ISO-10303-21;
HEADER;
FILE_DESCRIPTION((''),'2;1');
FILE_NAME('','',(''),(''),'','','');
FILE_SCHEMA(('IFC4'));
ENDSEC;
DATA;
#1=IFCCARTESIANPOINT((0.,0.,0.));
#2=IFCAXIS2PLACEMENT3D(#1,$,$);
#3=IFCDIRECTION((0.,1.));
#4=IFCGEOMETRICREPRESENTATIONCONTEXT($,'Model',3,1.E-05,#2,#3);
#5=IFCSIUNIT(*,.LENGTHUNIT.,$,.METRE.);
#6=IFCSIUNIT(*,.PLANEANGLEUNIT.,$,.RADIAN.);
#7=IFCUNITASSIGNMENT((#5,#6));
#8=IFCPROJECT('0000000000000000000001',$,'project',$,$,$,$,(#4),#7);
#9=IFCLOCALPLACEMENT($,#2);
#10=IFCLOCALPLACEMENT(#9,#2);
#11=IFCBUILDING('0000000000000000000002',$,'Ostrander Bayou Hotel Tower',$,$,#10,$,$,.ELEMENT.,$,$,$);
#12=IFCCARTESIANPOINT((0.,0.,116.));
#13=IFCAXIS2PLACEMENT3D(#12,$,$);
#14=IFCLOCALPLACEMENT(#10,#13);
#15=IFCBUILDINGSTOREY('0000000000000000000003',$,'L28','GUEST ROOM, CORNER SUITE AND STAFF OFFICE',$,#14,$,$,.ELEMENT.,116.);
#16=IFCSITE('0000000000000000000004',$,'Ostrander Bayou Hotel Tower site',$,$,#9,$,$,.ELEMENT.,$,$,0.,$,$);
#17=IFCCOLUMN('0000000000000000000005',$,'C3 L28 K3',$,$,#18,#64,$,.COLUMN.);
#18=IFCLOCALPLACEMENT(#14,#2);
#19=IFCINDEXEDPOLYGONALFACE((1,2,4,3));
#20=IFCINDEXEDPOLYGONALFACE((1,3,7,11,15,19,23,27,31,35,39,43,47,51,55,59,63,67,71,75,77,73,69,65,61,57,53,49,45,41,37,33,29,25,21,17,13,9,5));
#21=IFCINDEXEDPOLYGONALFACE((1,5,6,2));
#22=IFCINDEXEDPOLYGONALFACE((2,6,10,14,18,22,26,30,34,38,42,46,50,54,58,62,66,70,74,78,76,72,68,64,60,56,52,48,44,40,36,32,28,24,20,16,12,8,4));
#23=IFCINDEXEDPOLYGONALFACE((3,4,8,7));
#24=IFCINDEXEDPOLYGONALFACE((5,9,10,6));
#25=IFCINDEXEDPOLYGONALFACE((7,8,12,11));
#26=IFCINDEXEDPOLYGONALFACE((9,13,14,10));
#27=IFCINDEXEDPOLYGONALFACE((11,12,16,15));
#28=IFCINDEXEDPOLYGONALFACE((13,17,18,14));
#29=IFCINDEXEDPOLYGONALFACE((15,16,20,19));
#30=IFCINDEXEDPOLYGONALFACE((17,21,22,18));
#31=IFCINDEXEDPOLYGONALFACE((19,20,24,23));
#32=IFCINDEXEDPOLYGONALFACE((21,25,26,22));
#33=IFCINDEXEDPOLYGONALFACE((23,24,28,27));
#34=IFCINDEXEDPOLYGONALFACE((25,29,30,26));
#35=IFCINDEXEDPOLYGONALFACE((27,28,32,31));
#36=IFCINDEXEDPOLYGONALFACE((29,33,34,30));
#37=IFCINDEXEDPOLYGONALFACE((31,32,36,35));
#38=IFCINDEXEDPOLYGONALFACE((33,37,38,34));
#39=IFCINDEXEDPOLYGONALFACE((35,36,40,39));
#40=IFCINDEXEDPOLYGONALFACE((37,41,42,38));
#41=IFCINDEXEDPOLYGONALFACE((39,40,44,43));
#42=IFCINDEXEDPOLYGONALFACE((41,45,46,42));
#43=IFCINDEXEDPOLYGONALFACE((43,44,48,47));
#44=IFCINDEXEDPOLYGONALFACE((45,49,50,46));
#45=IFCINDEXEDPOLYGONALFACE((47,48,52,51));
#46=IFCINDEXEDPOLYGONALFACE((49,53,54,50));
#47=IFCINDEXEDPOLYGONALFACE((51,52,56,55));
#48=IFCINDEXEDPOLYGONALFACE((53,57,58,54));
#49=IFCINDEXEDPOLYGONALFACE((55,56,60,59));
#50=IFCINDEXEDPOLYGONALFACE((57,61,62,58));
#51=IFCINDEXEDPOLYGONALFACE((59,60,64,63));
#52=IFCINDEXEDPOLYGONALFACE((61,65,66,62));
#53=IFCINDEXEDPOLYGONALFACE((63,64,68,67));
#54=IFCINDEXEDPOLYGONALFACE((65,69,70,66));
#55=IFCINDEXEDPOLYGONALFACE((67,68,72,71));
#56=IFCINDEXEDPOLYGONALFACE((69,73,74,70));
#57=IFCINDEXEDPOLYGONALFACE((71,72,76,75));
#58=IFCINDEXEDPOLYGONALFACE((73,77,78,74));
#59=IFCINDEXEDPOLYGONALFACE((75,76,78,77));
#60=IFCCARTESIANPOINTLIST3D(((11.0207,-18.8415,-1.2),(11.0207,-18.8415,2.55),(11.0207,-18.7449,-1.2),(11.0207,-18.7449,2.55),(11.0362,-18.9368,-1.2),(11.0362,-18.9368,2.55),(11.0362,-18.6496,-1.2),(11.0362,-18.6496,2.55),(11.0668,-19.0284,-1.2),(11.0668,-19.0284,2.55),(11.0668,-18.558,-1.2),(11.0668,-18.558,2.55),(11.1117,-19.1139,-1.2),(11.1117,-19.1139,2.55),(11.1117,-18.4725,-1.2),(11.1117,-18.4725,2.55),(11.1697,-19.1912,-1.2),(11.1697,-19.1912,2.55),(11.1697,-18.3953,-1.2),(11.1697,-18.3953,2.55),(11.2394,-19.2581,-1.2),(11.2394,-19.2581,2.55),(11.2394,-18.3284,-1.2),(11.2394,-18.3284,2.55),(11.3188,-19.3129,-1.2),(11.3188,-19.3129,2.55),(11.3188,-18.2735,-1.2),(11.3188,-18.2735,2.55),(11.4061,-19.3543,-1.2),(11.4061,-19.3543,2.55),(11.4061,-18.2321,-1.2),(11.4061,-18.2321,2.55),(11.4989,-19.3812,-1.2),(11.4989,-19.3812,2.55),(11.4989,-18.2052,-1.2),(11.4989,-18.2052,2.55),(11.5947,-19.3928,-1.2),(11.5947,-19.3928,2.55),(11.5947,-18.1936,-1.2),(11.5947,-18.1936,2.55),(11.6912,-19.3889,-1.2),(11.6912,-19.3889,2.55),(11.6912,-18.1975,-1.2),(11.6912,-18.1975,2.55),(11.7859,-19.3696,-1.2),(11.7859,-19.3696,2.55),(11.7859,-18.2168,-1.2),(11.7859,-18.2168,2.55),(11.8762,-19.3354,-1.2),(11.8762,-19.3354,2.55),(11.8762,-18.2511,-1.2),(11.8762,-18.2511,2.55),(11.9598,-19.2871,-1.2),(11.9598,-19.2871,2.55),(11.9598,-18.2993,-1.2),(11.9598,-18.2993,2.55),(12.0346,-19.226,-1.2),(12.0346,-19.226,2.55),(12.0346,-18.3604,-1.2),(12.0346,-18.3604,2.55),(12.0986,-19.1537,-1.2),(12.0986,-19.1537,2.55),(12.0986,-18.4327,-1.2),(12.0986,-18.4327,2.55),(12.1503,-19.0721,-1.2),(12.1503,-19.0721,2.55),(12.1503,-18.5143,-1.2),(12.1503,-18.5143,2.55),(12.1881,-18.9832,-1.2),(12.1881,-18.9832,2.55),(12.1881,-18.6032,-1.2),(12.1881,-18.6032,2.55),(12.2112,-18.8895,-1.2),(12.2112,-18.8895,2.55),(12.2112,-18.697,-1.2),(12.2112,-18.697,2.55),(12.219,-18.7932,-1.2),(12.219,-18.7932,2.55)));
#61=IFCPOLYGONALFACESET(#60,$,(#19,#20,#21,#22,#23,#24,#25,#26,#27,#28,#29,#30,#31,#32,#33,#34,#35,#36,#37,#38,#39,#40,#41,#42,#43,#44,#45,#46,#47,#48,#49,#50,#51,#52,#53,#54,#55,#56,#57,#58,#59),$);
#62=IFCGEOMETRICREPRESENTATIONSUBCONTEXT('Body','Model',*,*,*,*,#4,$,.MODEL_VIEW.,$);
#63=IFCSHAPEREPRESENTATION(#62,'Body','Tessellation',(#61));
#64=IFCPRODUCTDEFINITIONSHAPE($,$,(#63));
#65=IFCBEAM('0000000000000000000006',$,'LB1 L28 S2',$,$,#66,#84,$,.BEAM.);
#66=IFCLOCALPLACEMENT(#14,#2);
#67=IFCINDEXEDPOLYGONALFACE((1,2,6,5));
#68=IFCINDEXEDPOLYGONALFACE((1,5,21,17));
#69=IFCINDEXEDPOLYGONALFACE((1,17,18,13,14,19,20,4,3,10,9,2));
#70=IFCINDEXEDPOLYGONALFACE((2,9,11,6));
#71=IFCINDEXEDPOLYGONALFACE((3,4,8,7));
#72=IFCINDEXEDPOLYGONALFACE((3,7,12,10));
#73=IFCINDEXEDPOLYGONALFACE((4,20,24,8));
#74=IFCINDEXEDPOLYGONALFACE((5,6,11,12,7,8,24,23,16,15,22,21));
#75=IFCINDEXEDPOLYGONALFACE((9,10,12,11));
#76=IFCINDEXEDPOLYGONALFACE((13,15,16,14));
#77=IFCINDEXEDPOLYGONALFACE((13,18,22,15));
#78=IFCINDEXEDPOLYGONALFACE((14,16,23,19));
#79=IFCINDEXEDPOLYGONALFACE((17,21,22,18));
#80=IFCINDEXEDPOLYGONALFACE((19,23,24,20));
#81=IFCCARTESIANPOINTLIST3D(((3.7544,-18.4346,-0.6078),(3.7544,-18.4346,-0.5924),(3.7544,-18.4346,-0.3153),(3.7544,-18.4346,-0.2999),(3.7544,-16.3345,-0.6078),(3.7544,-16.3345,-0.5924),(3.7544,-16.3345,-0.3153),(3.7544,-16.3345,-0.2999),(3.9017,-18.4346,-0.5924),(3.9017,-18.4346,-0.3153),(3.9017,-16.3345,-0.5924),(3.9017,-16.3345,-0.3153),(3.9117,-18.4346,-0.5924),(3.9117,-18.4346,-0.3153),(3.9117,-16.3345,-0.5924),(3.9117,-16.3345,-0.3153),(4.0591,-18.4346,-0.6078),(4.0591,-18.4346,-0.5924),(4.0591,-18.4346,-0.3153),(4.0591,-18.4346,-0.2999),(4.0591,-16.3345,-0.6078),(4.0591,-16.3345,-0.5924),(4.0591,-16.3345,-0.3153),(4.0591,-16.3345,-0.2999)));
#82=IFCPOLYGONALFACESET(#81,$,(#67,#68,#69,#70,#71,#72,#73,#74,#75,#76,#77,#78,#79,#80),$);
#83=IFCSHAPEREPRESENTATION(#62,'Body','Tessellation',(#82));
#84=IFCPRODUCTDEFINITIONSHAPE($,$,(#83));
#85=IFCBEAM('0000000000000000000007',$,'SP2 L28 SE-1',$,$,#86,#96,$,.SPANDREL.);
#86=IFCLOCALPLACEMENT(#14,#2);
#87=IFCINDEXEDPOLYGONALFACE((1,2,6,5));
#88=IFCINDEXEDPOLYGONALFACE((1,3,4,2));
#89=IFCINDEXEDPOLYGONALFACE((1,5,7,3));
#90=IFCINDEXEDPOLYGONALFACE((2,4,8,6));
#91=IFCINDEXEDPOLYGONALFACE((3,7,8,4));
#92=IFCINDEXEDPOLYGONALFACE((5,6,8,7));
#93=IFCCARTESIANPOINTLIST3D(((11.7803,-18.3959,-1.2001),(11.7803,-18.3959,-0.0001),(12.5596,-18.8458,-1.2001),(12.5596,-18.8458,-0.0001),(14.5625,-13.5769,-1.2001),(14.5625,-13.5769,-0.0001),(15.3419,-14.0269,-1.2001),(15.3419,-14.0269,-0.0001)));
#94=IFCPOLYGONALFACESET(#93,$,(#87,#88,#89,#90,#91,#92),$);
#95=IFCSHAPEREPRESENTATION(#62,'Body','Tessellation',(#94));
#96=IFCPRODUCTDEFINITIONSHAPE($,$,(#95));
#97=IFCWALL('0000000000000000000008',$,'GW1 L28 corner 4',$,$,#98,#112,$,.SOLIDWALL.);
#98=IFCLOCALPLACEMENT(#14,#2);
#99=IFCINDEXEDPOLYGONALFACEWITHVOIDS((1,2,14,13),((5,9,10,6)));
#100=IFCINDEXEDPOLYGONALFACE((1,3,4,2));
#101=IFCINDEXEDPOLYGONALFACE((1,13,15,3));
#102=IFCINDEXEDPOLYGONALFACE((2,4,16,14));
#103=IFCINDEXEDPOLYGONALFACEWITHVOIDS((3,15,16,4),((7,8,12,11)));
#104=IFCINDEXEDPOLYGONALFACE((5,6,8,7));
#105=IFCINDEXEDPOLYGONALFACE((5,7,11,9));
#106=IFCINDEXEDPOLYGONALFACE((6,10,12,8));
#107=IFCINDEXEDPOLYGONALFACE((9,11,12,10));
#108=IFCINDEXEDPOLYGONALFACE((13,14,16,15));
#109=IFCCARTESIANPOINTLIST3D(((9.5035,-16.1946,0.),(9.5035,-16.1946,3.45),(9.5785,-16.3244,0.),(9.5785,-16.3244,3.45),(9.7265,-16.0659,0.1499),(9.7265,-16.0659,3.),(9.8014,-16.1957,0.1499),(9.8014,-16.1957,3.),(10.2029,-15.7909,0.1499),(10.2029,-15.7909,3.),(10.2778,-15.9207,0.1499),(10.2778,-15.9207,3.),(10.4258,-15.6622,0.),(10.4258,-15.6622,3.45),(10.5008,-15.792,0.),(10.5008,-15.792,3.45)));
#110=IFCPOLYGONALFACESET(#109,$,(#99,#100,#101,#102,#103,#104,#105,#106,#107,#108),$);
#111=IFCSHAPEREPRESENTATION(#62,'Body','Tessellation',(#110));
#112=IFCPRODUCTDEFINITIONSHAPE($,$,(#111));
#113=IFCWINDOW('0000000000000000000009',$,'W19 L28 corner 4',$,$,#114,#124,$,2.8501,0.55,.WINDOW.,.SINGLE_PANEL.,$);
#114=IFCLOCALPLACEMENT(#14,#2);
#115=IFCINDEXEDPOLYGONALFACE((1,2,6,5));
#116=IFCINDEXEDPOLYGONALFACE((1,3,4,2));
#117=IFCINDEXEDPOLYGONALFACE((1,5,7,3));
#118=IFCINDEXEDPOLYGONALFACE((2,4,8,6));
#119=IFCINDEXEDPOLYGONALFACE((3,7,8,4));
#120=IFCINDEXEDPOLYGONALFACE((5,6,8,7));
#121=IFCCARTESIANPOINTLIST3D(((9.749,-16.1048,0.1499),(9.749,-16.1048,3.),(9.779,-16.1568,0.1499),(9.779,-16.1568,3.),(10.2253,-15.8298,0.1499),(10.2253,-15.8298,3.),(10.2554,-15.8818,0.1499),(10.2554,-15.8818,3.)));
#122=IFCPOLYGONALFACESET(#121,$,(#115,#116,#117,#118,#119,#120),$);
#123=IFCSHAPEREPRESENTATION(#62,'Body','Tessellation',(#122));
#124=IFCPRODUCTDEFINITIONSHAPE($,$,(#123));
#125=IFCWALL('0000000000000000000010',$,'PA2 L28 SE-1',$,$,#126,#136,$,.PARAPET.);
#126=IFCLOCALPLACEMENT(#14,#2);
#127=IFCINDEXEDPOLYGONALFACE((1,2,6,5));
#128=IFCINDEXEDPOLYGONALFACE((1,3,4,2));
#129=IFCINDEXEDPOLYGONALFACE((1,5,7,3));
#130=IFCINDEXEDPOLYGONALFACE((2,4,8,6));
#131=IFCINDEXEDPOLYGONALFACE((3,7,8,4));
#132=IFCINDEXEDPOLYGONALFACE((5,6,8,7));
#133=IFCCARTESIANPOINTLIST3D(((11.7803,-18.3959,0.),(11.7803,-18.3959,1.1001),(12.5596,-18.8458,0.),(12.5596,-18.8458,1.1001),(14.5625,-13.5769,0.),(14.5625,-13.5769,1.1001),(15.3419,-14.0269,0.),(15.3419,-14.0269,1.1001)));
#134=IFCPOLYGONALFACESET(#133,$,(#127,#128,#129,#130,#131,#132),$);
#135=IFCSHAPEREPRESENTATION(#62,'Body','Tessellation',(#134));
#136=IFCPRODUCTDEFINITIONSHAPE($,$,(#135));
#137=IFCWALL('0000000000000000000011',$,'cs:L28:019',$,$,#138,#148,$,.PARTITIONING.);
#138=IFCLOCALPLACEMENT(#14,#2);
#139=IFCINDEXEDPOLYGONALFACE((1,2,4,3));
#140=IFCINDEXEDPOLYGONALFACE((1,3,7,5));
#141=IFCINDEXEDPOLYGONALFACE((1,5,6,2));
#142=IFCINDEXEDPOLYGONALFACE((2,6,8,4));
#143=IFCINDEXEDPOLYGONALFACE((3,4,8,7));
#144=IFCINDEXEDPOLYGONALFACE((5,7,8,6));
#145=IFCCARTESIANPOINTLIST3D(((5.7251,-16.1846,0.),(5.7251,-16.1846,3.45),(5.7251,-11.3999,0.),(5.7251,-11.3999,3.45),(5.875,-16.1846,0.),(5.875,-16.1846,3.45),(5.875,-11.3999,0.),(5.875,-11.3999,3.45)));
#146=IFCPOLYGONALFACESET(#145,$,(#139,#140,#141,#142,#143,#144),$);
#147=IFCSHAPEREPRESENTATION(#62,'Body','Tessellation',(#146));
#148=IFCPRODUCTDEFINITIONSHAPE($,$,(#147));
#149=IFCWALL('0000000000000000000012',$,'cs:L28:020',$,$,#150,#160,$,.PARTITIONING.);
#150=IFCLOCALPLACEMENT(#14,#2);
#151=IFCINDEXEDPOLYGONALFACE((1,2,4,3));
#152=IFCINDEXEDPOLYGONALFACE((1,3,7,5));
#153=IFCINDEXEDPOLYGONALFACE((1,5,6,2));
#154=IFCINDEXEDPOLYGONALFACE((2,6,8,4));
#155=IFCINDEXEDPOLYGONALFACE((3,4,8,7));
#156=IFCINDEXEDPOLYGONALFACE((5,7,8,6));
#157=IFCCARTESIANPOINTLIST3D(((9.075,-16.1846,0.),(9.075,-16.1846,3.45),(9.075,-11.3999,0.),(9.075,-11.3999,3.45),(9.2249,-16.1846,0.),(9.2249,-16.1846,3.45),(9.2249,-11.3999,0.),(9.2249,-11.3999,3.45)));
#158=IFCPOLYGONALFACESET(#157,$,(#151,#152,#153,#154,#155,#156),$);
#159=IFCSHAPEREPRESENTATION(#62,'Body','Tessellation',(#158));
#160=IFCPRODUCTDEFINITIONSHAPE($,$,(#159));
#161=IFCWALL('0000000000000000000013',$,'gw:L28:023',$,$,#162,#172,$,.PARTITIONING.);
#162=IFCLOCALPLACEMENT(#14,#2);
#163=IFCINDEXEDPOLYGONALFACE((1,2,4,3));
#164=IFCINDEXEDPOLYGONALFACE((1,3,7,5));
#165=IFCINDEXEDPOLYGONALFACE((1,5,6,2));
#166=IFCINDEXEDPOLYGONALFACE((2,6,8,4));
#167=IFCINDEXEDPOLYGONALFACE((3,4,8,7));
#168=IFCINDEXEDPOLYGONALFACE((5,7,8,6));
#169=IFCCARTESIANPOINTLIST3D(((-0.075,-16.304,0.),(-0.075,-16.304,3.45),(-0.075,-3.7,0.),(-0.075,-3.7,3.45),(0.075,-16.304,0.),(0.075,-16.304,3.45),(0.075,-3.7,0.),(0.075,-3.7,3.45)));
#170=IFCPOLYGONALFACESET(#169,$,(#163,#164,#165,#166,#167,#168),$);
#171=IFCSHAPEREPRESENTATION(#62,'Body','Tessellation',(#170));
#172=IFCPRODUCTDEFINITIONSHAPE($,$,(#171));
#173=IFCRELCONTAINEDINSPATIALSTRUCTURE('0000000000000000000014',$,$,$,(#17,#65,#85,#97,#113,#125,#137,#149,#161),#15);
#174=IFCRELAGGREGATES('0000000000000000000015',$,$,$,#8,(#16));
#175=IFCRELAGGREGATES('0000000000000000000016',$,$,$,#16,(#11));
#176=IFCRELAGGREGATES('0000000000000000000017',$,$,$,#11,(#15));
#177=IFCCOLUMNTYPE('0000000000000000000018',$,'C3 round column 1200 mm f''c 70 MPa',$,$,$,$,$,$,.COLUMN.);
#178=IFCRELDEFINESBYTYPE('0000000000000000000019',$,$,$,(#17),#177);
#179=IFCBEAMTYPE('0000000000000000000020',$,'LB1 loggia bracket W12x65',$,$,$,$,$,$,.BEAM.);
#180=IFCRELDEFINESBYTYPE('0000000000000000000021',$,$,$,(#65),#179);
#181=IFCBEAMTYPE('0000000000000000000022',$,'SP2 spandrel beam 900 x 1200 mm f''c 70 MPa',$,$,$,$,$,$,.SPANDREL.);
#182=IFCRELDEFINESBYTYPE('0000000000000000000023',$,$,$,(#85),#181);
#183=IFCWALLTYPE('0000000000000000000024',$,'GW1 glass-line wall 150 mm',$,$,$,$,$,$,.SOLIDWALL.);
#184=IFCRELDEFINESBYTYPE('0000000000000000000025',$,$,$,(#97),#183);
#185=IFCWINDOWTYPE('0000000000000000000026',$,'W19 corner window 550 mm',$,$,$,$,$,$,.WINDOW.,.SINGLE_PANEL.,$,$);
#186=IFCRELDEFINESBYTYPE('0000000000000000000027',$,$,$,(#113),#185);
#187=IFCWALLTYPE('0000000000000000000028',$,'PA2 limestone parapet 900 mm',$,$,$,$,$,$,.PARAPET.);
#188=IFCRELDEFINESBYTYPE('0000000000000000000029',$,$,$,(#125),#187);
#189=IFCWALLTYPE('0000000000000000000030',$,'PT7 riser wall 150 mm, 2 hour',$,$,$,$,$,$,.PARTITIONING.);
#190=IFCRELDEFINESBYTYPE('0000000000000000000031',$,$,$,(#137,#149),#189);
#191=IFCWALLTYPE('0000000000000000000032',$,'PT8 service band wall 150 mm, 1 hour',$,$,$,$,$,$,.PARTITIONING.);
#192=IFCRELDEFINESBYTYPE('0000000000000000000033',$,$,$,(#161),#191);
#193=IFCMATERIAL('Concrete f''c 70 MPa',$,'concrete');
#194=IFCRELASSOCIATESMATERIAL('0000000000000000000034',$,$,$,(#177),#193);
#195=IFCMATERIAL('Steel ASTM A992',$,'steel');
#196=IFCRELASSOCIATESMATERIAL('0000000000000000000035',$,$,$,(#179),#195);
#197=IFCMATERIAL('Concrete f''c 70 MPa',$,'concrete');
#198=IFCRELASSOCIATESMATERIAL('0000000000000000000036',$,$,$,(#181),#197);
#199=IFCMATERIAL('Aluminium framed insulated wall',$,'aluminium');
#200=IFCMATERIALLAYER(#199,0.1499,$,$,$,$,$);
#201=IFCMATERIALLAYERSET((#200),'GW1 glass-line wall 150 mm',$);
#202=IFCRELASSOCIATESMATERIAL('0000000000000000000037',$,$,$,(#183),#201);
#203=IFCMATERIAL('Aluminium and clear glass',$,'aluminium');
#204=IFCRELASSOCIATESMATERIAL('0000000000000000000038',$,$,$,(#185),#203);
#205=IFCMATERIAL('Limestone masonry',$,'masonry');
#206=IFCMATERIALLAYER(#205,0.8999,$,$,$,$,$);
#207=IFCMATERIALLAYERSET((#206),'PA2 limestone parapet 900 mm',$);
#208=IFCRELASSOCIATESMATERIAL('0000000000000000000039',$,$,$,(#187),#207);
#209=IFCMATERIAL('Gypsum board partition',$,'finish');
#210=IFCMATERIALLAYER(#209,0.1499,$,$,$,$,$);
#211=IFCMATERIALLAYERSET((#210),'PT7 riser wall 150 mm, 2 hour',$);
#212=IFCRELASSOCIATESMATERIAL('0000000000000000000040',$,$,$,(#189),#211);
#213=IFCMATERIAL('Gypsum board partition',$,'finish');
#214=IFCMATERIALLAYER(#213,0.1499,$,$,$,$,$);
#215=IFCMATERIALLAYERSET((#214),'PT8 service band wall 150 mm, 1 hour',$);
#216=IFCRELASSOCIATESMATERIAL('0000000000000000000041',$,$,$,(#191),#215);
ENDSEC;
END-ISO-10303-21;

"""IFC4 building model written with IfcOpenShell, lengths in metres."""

from ifc_helpers import new_model, si_unit, direction, frame, frame_2d, origin, origin_2d, place, context, subcontext, project, spatial, rectangle, circle, i_section, extrude, material, layer, layer_set, material_profile, profile_set, type_object, element, fill, save


model = new_model("IFC4")

# Units and contexts
model_context = context("Model", 3, precision=1e-05, world=origin(), true_north=direction((0.0, 1.0)))
body_context = subcontext(model_context, "Body", "Model", "MODEL_VIEW")
ifc_project = project(units=[si_unit("LENGTHUNIT", "METRE"), si_unit("PLANEANGLEUNIT", "RADIAN")], contexts=[model_context])

# Site, building, storey
site_placement = place(None, origin())
site = spatial("IfcSite", under=ifc_project, at=site_placement, Name="Ostrander Bayou Hotel Tower site", CompositionType="ELEMENT", RefElevation=0.0)
building_placement = place(site_placement, origin())
building = spatial("IfcBuilding", under=site, at=building_placement, Name="Ostrander Bayou Hotel Tower", CompositionType="ELEMENT")
storey_placement = place(building_placement, frame((0.0, 0.0, 116.0)))
storey = spatial("IfcBuildingStorey", under=building, at=storey_placement, Name="L28", Description="GUEST ROOM, CORNER SUITE AND STAFF OFFICE", CompositionType="ELEMENT", Elevation=116.0)

# Column
ifc_material_1 = material(Name="Concrete f'c 70 MPa", Category="concrete")
ifc_material_profile_1 = material_profile(ifc_material_1, circle(Radius=0.6001, at=origin_2d()))
ifc_profile_set_1 = profile_set([ifc_material_profile_1], Name="Concrete f'c 70 MPa")
column_type = type_object("IfcColumnType", Name="C3 round column 1200 mm f'c 70 MPa", PredefinedType="COLUMN", material=ifc_profile_set_1)
column_placement = place(storey_placement, frame((11.6189, -18.7932, -1.2), z_axis=(0.0, 0.0, 1.0), x_axis=(1.0, 0.0, 0.0)))
element("IfcColumn", 1, at=column_placement, inside=storey, type_object=column_type, Name="C3 L28 K3", PredefinedType="COLUMN", context=body_context, shape_type="SweptSolid", body=[
    extrude(circle(Radius=0.6001, at=origin_2d()), origin(), (0.0, 0.0, 1.0), 3.75),
])

# Beams
ifc_material_2 = material(Name="Steel ASTM A992", Category="steel")
ifc_material_profile_2 = material_profile(ifc_material_2, i_section(OverallWidth=0.3047, OverallDepth=0.3079, WebThickness=0.01, FlangeThickness=0.0154, at=origin_2d()))
ifc_profile_set_2 = profile_set([ifc_material_profile_2], Name="Steel ASTM A992")
beam_type_1 = type_object("IfcBeamType", Name="LB1 loggia bracket W12x65", PredefinedType="BEAM", material=ifc_profile_set_2)
beam_1_placement = place(storey_placement, frame((3.9067, -18.4346, -0.4539), z_axis=(0.0, 1.0, 0.0), x_axis=(-1.0, 0.0, 0.0)))
element("IfcBeam", 2, at=beam_1_placement, inside=storey, type_object=beam_type_1, Name="LB1 L28 S2", PredefinedType="BEAM", context=body_context, shape_type="SweptSolid", body=[
    extrude(i_section(OverallWidth=0.3047, OverallDepth=0.3079, WebThickness=0.01, FlangeThickness=0.0154, at=origin_2d()), origin(), (0.0, 0.0, 1.0), 2.1001),
])
ifc_material_3 = material(Name="Concrete f'c 70 MPa", Category="concrete")
ifc_material_profile_3 = material_profile(ifc_material_3, rectangle(XDim=0.8999, YDim=1.2, at=origin_2d()))
ifc_profile_set_3 = profile_set([ifc_material_profile_3], Name="Concrete f'c 70 MPa")
beam_type_2 = type_object("IfcBeamType", Name="SP2 spandrel beam 900 x 1200 mm f'c 70 MPa", PredefinedType="SPANDREL", material=ifc_profile_set_3)
beam_2_placement = place(storey_placement, frame((12.1699, -18.6208, -0.6001), z_axis=(0.500009, 0.86602, 0.0), x_axis=(-0.86602, 0.500009, 0.0)))
element("IfcBeam", 3, at=beam_2_placement, inside=storey, type_object=beam_type_2, Name="SP2 L28 SE-1", PredefinedType="SPANDREL", context=body_context, shape_type="SweptSolid", body=[
    extrude(rectangle(XDim=0.8999, YDim=1.2, at=origin_2d()), origin(), (0.0, 0.0, 1.0), 5.5645),
])

# Shared definitions
ifc_material_4 = material(Name="Aluminium framed insulated wall", Category="aluminium")
ifc_layer_1 = layer(ifc_material_4, 0.1499)
ifc_layer_set_1 = layer_set([ifc_layer_1], Name="GW1 glass-line wall 150 mm")
wall_type_1 = type_object("IfcWallType", Name="GW1 glass-line wall 150 mm", PredefinedType="SOLIDWALL", material=ifc_layer_set_1)

# Wall, opening, window
wall_1_placement = place(storey_placement, frame((9.541, -16.2595, 0.0), z_axis=(0.0, 0.0, 1.0), x_axis=(0.866048, 0.499961, 0.0)))
wall_1 = element("IfcWall", 4, at=wall_1_placement, inside=storey, type_object=wall_type_1, Name="GW1 L28 corner 4", PredefinedType="SOLIDWALL", context=body_context, shape_type="SweptSolid", body=[
    extrude(rectangle(XDim=1.0649, YDim=0.1499, at=frame_2d((0.5325, 0.0))), origin(), (0.0, 0.0, 1.0), 3.45),
])
opening_1_placement = place(wall_1_placement, frame((0.2576, 0.0, 0.1499)))
opening_1 = element("IfcOpeningElement", 5, at=opening_1_placement, cuts=wall_1, PredefinedType="OPENING", context=body_context, shape_type="SweptSolid", body=[
    extrude(rectangle(XDim=0.55, YDim=2.8501, at=frame_2d((0.2749, 1.425))), frame((0.0, 0.075, 0.0), z_axis=(0.0, -1.0, 0.0), x_axis=(1.0, 0.0, 0.0)), (0.0, 0.0, 1.0), 0.1499),
])
ifc_material_5 = material(Name="Aluminium and clear glass", Category="aluminium")
window_type_1 = type_object("IfcWindowType", Name="W19 corner window 550 mm", PartitioningType="SINGLE_PANEL", PredefinedType="WINDOW", material=ifc_material_5)
window_1_placement = place(opening_1_placement, origin())
window_1 = element("IfcWindow", 6, at=window_1_placement, inside=storey, type_object=window_type_1, Name="W19 L28 corner 4", OverallHeight=2.8501, OverallWidth=0.55, PartitioningType="SINGLE_PANEL", PredefinedType="WINDOW", context=body_context, shape_type="SweptSolid", body=[
    extrude(rectangle(XDim=0.55, YDim=2.8501, at=frame_2d((0.2749, 1.425))), frame((0.0, 0.03, 0.0), z_axis=(0.0, -1.0, 0.0), x_axis=(1.0, 0.0, 0.0)), (0.0, 0.0, 1.0), 0.0601),
])
fill(opening_1, window_1)

# Walls
ifc_material_6 = material(Name="Limestone masonry", Category="masonry")
ifc_layer_2 = layer(ifc_material_6, 0.8999)
ifc_layer_set_2 = layer_set([ifc_layer_2], Name="PA2 limestone parapet 900 mm")
wall_type_2 = type_object("IfcWallType", Name="PA2 limestone parapet 900 mm", PredefinedType="PARAPET", material=ifc_layer_set_2)
wall_2_placement = place(storey_placement, frame((12.1699, -18.6208, 0.0), z_axis=(0.0, 0.0, 1.0), x_axis=(0.500009, 0.86602, 0.0)))
element("IfcWall", 7, at=wall_2_placement, inside=storey, type_object=wall_type_2, Name="PA2 L28 SE-1", PredefinedType="PARAPET", context=body_context, shape_type="SweptSolid", body=[
    extrude(rectangle(XDim=5.5645, YDim=0.8999, at=frame_2d((2.7822, 0.0))), origin(), (0.0, 0.0, 1.0), 1.1001),
])
ifc_material_7 = material(Name="Gypsum board partition", Category="finish")
ifc_layer_3 = layer(ifc_material_7, 0.1499)
ifc_layer_set_3 = layer_set([ifc_layer_3], Name="PT7 riser wall 150 mm, 2 hour")
wall_type_3 = type_object("IfcWallType", Name="PT7 riser wall 150 mm, 2 hour", PredefinedType="PARTITIONING", material=ifc_layer_set_3)
for number, where, z_axis, x_axis, name in (
    (8, (5.8, -11.3999, 0.0), (0.0, 0.0, 1.0), (0.0, -1.0, 0.0), "cs:L28:019"),
    (9, (9.1499, -11.3999, 0.0), (0.0, 0.0, 1.0), (0.0, -1.0, 0.0), "cs:L28:020"),
):
    element("IfcWall", number, at=place(storey_placement, frame(where, z_axis=z_axis, x_axis=x_axis)), inside=storey, type_object=wall_type_3, Name=name, PredefinedType="PARTITIONING", context=body_context, shape_type="SweptSolid", body=[
        extrude(rectangle(XDim=4.7847, YDim=0.1499, at=frame_2d((2.3923, 0.0))), origin(), (0.0, 0.0, 1.0), 3.45),
    ])
ifc_material_8 = material(Name="Gypsum board partition", Category="finish")
ifc_layer_4 = layer(ifc_material_8, 0.1499)
ifc_layer_set_4 = layer_set([ifc_layer_4], Name="PT8 service band wall 150 mm, 1 hour")
wall_type_4 = type_object("IfcWallType", Name="PT8 service band wall 150 mm, 1 hour", PredefinedType="PARTITIONING", material=ifc_layer_set_4)
wall_3_placement = place(storey_placement, frame((0.0, -16.304, 0.0), z_axis=(0.0, 0.0, 1.0), x_axis=(0.0, 1.0, 0.0)))
element("IfcWall", 10, at=wall_3_placement, inside=storey, type_object=wall_type_4, Name="gw:L28:023", PredefinedType="PARTITIONING", context=body_context, shape_type="SweptSolid", body=[
    extrude(rectangle(XDim=12.604, YDim=0.1499, at=frame_2d((6.302, 0.0))), origin(), (0.0, 0.0, 1.0), 3.45),
])

save(model, "model.ifc")
